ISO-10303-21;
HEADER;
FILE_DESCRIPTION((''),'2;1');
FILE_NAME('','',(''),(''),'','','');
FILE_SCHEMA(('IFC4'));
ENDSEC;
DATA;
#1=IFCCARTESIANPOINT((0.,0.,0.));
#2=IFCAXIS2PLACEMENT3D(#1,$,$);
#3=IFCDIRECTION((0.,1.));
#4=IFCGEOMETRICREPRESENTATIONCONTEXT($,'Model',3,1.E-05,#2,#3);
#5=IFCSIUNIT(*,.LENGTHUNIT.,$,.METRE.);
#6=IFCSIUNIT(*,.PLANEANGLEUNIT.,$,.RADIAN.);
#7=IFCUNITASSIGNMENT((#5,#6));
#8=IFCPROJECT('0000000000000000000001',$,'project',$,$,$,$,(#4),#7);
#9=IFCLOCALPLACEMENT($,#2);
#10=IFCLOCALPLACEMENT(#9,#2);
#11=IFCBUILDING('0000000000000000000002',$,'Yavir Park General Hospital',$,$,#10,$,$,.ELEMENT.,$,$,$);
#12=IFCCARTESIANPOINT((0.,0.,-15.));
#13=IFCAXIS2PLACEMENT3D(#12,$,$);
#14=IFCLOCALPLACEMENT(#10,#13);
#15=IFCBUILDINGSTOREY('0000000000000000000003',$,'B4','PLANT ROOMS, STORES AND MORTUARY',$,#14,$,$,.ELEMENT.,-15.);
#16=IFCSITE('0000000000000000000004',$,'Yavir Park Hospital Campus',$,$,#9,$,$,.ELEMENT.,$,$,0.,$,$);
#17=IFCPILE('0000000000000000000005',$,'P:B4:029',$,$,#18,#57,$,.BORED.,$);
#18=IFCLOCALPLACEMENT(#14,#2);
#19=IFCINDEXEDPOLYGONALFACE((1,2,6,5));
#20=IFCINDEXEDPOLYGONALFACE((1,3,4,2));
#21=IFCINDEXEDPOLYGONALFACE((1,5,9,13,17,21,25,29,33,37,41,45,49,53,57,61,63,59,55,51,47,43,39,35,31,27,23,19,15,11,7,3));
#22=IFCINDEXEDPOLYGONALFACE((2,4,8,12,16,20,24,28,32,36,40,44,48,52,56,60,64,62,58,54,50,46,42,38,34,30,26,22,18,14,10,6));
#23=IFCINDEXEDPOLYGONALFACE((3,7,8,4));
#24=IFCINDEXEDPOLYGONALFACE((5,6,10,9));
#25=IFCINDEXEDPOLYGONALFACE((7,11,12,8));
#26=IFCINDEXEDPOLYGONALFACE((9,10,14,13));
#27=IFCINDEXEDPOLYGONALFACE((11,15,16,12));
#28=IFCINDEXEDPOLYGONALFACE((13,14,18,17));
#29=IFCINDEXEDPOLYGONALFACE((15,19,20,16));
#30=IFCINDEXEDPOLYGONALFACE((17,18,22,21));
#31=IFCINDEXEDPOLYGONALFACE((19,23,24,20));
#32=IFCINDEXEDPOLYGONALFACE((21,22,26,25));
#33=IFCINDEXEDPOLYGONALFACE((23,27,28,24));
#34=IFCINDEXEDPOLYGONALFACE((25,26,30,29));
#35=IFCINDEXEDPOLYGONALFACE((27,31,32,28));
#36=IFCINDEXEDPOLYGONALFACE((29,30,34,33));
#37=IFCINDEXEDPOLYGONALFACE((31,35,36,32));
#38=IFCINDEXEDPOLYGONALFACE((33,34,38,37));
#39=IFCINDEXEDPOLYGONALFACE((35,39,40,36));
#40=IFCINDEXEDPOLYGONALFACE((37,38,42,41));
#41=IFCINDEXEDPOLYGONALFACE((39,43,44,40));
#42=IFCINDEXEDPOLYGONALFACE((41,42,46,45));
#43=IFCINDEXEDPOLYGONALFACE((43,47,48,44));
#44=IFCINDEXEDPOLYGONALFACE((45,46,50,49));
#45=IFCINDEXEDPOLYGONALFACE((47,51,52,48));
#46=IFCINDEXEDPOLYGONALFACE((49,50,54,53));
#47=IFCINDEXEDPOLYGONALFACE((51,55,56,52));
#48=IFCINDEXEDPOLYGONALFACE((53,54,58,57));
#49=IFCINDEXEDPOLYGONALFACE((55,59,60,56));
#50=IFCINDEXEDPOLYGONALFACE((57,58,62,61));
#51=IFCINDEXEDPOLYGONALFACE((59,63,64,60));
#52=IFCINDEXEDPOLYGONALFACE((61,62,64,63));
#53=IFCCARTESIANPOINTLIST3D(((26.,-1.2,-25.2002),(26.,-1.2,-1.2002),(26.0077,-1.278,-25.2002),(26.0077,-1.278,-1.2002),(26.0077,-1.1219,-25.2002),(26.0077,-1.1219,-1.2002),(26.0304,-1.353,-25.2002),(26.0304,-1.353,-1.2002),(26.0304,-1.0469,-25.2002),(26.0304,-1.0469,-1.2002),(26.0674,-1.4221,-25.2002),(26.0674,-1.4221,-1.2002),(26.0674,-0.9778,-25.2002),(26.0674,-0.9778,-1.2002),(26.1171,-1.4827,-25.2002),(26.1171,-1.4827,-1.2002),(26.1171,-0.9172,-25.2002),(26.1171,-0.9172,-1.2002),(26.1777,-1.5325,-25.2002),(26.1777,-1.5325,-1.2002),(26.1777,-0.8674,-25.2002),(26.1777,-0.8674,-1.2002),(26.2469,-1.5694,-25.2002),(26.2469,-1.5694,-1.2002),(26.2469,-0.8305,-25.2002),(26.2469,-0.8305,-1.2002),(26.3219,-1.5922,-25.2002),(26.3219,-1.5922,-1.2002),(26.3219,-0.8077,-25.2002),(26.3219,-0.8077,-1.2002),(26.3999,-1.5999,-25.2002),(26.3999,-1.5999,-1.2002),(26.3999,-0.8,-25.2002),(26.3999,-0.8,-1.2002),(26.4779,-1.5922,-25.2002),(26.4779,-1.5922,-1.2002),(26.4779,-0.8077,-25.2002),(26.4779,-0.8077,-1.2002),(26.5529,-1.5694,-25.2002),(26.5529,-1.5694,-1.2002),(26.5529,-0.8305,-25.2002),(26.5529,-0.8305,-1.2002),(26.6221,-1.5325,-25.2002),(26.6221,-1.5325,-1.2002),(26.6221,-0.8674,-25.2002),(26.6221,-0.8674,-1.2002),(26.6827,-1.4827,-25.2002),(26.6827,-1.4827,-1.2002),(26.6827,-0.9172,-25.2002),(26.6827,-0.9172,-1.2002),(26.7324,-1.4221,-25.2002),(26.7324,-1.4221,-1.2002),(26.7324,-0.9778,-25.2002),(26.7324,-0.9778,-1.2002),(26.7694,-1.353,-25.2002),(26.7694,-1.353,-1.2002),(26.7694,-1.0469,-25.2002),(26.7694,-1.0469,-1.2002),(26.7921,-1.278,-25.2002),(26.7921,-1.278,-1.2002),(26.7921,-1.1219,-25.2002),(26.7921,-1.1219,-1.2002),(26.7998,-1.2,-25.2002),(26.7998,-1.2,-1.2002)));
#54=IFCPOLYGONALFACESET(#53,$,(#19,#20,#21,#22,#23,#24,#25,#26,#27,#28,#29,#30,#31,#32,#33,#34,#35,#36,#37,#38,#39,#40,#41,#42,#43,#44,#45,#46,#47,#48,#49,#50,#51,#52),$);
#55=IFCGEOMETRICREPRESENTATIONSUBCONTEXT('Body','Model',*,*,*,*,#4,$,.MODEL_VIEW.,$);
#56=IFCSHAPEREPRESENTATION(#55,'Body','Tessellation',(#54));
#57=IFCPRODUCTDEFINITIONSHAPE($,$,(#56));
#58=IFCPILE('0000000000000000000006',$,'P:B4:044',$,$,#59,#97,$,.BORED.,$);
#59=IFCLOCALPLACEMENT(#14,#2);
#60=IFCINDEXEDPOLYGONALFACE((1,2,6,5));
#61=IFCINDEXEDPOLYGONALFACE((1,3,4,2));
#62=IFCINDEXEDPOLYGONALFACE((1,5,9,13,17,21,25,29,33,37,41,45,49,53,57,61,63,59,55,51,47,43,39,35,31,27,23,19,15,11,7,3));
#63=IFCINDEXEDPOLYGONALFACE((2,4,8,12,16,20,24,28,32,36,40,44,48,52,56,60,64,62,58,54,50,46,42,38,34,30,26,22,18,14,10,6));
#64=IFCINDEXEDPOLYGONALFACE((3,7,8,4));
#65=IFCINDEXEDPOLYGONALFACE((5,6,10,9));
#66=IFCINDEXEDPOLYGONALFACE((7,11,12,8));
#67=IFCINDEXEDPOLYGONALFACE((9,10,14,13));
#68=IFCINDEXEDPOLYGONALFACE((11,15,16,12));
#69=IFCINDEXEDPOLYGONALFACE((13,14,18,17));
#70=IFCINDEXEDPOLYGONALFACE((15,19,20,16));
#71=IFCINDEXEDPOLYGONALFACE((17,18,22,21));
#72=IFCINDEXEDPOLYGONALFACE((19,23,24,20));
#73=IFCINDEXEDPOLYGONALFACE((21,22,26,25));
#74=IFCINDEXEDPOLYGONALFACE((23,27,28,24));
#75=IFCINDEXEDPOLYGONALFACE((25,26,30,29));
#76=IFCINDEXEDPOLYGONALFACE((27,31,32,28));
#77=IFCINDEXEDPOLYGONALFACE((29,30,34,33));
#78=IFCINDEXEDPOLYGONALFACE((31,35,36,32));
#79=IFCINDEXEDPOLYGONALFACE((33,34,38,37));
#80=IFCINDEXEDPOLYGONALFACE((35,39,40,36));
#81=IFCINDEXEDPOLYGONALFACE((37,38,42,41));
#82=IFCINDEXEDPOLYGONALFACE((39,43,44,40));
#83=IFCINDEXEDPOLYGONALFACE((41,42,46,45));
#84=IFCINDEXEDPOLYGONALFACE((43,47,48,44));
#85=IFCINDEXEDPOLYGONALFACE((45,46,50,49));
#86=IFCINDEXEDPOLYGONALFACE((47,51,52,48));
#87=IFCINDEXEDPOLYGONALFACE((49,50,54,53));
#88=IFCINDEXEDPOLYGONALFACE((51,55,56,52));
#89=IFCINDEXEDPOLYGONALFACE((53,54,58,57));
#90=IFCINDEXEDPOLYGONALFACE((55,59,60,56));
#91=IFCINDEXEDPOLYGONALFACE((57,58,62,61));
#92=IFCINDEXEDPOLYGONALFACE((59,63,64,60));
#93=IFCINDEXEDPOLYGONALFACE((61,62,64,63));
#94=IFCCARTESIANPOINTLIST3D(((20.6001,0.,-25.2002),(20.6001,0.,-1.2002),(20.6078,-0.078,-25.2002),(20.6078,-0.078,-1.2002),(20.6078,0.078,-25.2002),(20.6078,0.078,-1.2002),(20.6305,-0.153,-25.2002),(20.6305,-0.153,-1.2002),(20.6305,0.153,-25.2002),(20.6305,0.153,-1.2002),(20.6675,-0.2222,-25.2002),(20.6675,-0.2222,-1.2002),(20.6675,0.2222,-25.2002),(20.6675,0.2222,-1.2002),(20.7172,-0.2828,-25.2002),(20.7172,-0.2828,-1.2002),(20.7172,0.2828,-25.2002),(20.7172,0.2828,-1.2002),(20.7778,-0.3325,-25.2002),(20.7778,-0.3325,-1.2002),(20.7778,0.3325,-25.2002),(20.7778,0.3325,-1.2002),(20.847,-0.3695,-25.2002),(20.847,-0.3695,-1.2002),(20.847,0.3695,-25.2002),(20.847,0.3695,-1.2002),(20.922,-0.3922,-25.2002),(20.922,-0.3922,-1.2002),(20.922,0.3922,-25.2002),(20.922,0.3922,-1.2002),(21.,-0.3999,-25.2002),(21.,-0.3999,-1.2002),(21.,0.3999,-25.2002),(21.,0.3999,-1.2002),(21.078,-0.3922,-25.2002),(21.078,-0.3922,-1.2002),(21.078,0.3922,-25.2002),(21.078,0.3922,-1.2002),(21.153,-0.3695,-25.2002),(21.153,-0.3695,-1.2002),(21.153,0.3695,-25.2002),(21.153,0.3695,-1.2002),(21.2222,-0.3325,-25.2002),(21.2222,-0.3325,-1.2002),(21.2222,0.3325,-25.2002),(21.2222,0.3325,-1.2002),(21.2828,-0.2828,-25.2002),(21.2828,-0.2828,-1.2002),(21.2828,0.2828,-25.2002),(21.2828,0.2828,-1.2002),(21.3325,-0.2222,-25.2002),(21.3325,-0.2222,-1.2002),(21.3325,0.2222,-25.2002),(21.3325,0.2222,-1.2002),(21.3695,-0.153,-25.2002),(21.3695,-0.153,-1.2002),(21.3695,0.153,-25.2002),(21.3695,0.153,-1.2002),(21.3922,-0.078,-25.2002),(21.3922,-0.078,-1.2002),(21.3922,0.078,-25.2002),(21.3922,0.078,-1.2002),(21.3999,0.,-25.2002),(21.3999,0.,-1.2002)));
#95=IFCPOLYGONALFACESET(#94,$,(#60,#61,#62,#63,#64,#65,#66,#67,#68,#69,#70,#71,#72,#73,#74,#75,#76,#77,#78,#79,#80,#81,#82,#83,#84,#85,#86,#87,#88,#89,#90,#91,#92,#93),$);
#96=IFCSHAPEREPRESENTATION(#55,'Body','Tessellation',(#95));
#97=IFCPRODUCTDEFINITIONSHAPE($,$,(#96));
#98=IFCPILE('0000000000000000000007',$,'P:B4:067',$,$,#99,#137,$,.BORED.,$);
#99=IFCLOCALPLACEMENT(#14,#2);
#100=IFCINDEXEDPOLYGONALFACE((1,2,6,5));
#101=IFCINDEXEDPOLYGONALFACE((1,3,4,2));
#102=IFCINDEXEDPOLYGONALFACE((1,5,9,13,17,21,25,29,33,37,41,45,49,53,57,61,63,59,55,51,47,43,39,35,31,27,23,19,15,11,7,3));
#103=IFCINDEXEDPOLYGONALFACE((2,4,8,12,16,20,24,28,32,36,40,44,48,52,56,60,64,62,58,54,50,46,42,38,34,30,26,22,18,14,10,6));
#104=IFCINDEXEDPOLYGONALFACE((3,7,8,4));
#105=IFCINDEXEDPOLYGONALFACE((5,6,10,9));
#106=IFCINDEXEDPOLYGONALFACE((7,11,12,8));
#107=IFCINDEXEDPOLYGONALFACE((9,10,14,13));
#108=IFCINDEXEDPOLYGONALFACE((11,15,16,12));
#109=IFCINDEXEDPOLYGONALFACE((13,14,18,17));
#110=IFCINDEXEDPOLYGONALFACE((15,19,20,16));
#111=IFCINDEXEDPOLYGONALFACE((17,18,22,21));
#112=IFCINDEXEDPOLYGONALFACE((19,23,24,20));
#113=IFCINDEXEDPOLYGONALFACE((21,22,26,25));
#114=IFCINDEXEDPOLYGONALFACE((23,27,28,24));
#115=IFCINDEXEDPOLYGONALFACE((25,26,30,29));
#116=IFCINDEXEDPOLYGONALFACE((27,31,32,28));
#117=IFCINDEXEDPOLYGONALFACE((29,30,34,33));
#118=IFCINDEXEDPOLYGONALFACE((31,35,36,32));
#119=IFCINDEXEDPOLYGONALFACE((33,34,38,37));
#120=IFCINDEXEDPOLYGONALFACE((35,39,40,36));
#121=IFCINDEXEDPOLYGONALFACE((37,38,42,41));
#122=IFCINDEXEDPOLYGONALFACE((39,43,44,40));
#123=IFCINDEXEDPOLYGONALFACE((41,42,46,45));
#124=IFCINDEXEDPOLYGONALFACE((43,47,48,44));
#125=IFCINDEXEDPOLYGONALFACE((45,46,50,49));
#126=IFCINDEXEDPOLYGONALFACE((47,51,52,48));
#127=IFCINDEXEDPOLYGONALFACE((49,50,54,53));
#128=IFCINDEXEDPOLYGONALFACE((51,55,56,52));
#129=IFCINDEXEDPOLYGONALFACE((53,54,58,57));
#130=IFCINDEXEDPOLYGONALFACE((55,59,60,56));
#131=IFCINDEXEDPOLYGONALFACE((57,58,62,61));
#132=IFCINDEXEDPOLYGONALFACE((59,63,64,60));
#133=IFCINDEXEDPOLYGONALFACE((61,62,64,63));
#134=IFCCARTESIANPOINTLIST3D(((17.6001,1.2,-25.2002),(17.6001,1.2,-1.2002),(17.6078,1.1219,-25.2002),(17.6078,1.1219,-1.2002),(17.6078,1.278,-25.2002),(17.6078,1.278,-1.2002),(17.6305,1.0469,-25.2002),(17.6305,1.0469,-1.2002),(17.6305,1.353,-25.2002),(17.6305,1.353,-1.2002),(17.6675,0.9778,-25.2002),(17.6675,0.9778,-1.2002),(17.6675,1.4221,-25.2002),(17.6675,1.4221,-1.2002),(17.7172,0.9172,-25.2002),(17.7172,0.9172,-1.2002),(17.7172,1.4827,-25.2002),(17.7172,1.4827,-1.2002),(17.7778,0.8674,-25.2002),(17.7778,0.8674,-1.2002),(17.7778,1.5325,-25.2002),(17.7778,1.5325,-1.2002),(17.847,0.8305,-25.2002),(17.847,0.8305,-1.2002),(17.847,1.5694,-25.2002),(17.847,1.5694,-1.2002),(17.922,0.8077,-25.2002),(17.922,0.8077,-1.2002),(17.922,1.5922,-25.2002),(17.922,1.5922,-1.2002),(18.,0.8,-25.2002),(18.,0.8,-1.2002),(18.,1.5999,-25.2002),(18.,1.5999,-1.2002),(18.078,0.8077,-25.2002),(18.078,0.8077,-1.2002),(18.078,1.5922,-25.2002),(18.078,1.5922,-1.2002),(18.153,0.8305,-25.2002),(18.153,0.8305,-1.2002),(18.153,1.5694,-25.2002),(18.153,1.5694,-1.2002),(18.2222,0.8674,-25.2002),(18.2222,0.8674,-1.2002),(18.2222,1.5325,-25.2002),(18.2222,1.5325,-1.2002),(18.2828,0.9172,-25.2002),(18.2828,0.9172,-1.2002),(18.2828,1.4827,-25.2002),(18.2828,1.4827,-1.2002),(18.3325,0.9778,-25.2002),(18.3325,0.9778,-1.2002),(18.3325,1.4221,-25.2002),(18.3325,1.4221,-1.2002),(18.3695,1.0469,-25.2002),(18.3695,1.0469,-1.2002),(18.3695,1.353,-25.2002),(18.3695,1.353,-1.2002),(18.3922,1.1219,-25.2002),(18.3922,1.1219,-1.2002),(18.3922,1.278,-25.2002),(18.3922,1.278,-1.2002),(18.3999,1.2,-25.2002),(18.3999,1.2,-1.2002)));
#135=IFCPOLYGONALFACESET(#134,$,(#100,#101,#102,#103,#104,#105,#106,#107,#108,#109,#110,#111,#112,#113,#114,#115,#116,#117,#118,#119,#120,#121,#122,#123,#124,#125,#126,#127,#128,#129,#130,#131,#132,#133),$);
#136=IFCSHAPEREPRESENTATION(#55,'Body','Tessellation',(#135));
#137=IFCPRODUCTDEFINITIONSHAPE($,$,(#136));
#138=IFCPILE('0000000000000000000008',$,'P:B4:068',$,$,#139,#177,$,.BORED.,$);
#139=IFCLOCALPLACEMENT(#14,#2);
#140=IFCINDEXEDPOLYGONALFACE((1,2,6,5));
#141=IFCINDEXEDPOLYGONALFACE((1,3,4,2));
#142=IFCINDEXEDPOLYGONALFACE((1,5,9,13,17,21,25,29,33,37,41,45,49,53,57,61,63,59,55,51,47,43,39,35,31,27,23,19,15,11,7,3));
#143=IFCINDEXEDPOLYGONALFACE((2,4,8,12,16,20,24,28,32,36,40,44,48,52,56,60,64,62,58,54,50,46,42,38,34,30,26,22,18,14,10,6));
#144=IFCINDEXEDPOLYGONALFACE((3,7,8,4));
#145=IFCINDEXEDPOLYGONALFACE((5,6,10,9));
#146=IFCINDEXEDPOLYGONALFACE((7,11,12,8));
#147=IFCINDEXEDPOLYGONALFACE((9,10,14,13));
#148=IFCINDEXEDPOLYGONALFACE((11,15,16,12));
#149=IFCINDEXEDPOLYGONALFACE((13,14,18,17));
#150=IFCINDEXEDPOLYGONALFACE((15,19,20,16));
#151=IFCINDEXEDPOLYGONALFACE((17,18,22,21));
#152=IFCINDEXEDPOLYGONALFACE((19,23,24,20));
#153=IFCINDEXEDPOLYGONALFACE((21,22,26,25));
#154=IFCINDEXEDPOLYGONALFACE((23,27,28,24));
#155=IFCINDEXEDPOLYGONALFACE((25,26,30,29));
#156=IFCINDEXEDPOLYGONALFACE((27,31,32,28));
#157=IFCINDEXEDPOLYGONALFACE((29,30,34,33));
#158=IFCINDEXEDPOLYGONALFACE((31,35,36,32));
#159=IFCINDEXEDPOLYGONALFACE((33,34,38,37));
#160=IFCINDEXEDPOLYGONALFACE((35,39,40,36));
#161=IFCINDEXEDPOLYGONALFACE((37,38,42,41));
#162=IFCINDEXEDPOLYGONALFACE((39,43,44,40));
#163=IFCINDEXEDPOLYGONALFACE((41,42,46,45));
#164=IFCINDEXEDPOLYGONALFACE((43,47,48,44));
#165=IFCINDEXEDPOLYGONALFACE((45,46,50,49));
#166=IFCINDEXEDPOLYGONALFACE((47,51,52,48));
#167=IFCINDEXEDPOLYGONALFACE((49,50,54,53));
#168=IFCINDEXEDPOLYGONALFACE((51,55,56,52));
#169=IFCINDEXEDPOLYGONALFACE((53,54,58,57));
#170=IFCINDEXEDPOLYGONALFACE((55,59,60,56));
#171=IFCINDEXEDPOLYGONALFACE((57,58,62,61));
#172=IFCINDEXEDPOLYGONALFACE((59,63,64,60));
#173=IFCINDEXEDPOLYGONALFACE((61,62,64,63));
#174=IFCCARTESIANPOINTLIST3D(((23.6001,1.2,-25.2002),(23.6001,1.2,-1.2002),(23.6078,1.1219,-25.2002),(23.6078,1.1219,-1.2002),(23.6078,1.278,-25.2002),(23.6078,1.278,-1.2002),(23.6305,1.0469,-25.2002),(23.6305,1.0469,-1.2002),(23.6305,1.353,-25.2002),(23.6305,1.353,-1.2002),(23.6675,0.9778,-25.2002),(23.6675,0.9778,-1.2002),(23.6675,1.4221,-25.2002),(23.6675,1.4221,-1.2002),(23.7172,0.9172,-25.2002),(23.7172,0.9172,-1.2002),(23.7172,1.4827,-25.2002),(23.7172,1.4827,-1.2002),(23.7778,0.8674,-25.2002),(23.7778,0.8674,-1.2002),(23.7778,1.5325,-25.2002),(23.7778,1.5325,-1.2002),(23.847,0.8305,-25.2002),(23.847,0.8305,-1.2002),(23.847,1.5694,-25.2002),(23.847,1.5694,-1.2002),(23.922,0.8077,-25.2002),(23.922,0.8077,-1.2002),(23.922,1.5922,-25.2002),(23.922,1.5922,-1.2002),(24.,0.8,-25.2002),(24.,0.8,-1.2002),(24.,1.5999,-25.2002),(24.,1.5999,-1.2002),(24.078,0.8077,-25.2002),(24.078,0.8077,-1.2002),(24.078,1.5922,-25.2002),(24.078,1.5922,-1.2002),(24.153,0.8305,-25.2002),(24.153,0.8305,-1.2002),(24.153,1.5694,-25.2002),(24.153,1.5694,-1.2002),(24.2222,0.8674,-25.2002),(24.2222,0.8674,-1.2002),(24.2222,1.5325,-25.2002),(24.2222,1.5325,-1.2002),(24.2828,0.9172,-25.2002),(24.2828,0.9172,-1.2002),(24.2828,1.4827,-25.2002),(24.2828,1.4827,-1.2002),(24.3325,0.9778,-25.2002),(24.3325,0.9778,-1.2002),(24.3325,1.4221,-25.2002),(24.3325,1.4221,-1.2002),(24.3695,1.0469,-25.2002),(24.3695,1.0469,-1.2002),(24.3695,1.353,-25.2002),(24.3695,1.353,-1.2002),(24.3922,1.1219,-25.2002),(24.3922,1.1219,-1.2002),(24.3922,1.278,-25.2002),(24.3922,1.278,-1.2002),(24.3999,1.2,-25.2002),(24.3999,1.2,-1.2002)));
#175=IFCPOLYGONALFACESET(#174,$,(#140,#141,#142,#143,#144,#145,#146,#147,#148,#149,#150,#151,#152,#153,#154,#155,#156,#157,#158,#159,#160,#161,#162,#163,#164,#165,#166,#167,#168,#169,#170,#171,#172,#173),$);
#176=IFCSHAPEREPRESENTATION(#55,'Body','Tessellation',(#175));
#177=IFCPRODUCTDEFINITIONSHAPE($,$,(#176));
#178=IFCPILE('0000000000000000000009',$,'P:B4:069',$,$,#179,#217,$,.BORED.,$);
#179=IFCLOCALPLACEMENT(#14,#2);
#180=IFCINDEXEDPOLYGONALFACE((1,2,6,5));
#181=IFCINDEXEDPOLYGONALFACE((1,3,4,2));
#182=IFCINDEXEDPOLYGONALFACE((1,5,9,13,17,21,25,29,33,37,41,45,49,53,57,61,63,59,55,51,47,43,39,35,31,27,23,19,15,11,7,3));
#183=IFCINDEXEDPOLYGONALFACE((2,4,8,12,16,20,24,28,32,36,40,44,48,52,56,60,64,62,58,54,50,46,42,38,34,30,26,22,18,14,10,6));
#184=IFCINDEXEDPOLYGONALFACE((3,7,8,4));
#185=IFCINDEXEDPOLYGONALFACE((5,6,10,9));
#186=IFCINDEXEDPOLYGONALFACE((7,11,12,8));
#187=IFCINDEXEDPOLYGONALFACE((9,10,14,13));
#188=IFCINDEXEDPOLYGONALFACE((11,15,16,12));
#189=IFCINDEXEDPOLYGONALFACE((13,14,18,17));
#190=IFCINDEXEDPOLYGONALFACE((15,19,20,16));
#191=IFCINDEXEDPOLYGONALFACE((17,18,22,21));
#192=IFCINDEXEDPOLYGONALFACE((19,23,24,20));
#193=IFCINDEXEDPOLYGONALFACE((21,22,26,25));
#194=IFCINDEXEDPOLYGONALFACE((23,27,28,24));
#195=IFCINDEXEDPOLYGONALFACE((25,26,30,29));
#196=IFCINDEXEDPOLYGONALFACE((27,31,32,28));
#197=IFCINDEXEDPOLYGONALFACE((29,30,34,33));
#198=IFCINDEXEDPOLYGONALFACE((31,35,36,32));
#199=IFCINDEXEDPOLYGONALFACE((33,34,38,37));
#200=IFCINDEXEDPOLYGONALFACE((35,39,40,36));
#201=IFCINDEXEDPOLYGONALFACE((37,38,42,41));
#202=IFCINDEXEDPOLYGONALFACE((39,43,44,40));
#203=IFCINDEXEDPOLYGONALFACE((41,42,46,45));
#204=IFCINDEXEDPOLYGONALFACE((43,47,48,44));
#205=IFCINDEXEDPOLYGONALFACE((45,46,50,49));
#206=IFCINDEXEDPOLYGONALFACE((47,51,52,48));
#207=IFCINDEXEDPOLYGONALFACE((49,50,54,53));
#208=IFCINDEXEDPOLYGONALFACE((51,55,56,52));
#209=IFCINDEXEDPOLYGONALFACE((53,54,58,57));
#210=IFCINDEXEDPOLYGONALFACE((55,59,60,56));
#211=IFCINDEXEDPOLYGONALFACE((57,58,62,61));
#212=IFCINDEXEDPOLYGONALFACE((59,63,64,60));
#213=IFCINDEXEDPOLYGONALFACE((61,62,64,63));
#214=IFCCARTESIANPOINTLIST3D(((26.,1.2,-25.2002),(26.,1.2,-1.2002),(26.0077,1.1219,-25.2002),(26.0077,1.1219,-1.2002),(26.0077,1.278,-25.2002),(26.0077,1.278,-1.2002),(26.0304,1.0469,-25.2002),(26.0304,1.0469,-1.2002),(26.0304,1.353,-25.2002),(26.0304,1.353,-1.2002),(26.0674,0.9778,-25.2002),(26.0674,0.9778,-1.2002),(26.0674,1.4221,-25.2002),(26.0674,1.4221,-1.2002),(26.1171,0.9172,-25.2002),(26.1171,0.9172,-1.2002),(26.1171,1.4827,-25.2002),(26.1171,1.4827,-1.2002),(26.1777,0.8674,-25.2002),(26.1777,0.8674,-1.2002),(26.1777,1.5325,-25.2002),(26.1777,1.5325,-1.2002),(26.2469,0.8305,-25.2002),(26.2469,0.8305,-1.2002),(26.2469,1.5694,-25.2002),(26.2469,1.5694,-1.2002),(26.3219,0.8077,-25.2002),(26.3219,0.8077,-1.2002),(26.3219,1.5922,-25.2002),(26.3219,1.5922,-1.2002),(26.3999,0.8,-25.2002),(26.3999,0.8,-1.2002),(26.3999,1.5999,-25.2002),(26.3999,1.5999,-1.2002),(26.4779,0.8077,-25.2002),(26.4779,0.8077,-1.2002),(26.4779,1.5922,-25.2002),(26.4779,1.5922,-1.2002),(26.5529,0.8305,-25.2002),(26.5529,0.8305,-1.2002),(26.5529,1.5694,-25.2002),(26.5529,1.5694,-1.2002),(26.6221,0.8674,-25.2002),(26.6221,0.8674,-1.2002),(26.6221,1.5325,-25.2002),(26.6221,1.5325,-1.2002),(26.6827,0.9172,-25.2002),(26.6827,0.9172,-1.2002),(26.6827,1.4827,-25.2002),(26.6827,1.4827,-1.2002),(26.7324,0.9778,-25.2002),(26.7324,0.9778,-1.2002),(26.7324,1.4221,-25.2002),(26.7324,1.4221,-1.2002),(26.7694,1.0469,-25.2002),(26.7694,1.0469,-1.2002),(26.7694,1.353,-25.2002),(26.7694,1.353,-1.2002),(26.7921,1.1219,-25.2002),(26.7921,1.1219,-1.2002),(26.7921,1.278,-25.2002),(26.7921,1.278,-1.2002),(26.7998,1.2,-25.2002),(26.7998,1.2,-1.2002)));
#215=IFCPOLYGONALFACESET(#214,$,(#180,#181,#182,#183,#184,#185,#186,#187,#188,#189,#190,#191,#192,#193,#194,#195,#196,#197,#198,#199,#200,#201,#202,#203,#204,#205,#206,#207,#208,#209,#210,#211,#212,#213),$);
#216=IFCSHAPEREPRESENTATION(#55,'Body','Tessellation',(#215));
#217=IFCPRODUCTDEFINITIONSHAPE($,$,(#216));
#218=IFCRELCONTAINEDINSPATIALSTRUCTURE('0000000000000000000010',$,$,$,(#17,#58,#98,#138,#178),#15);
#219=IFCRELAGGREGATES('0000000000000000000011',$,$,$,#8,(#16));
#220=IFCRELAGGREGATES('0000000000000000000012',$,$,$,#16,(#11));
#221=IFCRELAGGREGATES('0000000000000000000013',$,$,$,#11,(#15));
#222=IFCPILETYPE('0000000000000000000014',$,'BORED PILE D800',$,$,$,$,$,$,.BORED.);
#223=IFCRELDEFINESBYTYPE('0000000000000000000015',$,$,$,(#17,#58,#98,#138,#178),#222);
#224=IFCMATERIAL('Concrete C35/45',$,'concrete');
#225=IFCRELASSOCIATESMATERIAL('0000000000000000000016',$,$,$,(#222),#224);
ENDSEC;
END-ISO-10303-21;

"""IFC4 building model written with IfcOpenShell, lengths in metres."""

from ifc_helpers import new_model, si_unit, direction, frame, origin, origin_2d, place, context, subcontext, project, spatial, circle, extrude, material, material_profile, profile_set, type_object, element, save


model = new_model("IFC4")

# Units and contexts
model_context = context("Model", 3, precision=1e-05, world=origin(), true_north=direction((0.0, 1.0)))
body_context = subcontext(model_context, "Body", "Model", "MODEL_VIEW")
ifc_project = project(units=[si_unit("LENGTHUNIT", "METRE"), si_unit("PLANEANGLEUNIT", "RADIAN")], contexts=[model_context])

# Site, building, storey
site_placement = place(None, origin())
site = spatial("IfcSite", under=ifc_project, at=site_placement, Name="Yavir Park Hospital Campus", CompositionType="ELEMENT", RefElevation=0.0)
building_placement = place(site_placement, origin())
building = spatial("IfcBuilding", under=site, at=building_placement, Name="Yavir Park General Hospital", CompositionType="ELEMENT")
storey_placement = place(building_placement, frame((0.0, 0.0, -15.0)))
storey = spatial("IfcBuildingStorey", under=building, at=storey_placement, Name="B4", Description="PLANT ROOMS, STORES AND MORTUARY", CompositionType="ELEMENT", Elevation=-15.0)

# Piles
ifc_material_1 = material(Name="Concrete C35/45", Category="concrete")
ifc_material_profile_1 = material_profile(ifc_material_1, circle(Radius=0.3999, at=origin_2d()), Name="D800")
ifc_profile_set_1 = profile_set([ifc_material_profile_1], Name="Concrete C35/45")
pile_type_1 = type_object("IfcPileType", Name="BORED PILE D800", PredefinedType="BORED", material=ifc_profile_set_1)
for number, where, z_axis, x_axis, name in (
    (1, (26.3999, -1.2, -1.2002), (0.0, 0.0, -1.0), (1.0, 0.0, 0.0), "P:B4:029"),
    (2, (21.0, 0.0, -1.2002), (0.0, 0.0, -1.0), (1.0, 0.0, 0.0), "P:B4:044"),
    (3, (18.0, 1.2, -1.2002), (0.0, 0.0, -1.0), (1.0, 0.0, 0.0), "P:B4:067"),
    (4, (24.0, 1.2, -1.2002), (0.0, 0.0, -1.0), (1.0, 0.0, 0.0), "P:B4:068"),
    (5, (26.3999, 1.2, -1.2002), (0.0, 0.0, -1.0), (1.0, 0.0, 0.0), "P:B4:069"),
):
    element("IfcPile", number, at=place(storey_placement, frame(where, z_axis=z_axis, x_axis=x_axis)), inside=storey, type_object=pile_type_1, Name=name, PredefinedType="BORED", context=body_context, shape_type="SweptSolid", body=[
        extrude(circle(Radius=0.3999, at=origin_2d()), origin(), (0.0, 0.0, 1.0), 24.0),
    ])

save(model, "model.ifc")
